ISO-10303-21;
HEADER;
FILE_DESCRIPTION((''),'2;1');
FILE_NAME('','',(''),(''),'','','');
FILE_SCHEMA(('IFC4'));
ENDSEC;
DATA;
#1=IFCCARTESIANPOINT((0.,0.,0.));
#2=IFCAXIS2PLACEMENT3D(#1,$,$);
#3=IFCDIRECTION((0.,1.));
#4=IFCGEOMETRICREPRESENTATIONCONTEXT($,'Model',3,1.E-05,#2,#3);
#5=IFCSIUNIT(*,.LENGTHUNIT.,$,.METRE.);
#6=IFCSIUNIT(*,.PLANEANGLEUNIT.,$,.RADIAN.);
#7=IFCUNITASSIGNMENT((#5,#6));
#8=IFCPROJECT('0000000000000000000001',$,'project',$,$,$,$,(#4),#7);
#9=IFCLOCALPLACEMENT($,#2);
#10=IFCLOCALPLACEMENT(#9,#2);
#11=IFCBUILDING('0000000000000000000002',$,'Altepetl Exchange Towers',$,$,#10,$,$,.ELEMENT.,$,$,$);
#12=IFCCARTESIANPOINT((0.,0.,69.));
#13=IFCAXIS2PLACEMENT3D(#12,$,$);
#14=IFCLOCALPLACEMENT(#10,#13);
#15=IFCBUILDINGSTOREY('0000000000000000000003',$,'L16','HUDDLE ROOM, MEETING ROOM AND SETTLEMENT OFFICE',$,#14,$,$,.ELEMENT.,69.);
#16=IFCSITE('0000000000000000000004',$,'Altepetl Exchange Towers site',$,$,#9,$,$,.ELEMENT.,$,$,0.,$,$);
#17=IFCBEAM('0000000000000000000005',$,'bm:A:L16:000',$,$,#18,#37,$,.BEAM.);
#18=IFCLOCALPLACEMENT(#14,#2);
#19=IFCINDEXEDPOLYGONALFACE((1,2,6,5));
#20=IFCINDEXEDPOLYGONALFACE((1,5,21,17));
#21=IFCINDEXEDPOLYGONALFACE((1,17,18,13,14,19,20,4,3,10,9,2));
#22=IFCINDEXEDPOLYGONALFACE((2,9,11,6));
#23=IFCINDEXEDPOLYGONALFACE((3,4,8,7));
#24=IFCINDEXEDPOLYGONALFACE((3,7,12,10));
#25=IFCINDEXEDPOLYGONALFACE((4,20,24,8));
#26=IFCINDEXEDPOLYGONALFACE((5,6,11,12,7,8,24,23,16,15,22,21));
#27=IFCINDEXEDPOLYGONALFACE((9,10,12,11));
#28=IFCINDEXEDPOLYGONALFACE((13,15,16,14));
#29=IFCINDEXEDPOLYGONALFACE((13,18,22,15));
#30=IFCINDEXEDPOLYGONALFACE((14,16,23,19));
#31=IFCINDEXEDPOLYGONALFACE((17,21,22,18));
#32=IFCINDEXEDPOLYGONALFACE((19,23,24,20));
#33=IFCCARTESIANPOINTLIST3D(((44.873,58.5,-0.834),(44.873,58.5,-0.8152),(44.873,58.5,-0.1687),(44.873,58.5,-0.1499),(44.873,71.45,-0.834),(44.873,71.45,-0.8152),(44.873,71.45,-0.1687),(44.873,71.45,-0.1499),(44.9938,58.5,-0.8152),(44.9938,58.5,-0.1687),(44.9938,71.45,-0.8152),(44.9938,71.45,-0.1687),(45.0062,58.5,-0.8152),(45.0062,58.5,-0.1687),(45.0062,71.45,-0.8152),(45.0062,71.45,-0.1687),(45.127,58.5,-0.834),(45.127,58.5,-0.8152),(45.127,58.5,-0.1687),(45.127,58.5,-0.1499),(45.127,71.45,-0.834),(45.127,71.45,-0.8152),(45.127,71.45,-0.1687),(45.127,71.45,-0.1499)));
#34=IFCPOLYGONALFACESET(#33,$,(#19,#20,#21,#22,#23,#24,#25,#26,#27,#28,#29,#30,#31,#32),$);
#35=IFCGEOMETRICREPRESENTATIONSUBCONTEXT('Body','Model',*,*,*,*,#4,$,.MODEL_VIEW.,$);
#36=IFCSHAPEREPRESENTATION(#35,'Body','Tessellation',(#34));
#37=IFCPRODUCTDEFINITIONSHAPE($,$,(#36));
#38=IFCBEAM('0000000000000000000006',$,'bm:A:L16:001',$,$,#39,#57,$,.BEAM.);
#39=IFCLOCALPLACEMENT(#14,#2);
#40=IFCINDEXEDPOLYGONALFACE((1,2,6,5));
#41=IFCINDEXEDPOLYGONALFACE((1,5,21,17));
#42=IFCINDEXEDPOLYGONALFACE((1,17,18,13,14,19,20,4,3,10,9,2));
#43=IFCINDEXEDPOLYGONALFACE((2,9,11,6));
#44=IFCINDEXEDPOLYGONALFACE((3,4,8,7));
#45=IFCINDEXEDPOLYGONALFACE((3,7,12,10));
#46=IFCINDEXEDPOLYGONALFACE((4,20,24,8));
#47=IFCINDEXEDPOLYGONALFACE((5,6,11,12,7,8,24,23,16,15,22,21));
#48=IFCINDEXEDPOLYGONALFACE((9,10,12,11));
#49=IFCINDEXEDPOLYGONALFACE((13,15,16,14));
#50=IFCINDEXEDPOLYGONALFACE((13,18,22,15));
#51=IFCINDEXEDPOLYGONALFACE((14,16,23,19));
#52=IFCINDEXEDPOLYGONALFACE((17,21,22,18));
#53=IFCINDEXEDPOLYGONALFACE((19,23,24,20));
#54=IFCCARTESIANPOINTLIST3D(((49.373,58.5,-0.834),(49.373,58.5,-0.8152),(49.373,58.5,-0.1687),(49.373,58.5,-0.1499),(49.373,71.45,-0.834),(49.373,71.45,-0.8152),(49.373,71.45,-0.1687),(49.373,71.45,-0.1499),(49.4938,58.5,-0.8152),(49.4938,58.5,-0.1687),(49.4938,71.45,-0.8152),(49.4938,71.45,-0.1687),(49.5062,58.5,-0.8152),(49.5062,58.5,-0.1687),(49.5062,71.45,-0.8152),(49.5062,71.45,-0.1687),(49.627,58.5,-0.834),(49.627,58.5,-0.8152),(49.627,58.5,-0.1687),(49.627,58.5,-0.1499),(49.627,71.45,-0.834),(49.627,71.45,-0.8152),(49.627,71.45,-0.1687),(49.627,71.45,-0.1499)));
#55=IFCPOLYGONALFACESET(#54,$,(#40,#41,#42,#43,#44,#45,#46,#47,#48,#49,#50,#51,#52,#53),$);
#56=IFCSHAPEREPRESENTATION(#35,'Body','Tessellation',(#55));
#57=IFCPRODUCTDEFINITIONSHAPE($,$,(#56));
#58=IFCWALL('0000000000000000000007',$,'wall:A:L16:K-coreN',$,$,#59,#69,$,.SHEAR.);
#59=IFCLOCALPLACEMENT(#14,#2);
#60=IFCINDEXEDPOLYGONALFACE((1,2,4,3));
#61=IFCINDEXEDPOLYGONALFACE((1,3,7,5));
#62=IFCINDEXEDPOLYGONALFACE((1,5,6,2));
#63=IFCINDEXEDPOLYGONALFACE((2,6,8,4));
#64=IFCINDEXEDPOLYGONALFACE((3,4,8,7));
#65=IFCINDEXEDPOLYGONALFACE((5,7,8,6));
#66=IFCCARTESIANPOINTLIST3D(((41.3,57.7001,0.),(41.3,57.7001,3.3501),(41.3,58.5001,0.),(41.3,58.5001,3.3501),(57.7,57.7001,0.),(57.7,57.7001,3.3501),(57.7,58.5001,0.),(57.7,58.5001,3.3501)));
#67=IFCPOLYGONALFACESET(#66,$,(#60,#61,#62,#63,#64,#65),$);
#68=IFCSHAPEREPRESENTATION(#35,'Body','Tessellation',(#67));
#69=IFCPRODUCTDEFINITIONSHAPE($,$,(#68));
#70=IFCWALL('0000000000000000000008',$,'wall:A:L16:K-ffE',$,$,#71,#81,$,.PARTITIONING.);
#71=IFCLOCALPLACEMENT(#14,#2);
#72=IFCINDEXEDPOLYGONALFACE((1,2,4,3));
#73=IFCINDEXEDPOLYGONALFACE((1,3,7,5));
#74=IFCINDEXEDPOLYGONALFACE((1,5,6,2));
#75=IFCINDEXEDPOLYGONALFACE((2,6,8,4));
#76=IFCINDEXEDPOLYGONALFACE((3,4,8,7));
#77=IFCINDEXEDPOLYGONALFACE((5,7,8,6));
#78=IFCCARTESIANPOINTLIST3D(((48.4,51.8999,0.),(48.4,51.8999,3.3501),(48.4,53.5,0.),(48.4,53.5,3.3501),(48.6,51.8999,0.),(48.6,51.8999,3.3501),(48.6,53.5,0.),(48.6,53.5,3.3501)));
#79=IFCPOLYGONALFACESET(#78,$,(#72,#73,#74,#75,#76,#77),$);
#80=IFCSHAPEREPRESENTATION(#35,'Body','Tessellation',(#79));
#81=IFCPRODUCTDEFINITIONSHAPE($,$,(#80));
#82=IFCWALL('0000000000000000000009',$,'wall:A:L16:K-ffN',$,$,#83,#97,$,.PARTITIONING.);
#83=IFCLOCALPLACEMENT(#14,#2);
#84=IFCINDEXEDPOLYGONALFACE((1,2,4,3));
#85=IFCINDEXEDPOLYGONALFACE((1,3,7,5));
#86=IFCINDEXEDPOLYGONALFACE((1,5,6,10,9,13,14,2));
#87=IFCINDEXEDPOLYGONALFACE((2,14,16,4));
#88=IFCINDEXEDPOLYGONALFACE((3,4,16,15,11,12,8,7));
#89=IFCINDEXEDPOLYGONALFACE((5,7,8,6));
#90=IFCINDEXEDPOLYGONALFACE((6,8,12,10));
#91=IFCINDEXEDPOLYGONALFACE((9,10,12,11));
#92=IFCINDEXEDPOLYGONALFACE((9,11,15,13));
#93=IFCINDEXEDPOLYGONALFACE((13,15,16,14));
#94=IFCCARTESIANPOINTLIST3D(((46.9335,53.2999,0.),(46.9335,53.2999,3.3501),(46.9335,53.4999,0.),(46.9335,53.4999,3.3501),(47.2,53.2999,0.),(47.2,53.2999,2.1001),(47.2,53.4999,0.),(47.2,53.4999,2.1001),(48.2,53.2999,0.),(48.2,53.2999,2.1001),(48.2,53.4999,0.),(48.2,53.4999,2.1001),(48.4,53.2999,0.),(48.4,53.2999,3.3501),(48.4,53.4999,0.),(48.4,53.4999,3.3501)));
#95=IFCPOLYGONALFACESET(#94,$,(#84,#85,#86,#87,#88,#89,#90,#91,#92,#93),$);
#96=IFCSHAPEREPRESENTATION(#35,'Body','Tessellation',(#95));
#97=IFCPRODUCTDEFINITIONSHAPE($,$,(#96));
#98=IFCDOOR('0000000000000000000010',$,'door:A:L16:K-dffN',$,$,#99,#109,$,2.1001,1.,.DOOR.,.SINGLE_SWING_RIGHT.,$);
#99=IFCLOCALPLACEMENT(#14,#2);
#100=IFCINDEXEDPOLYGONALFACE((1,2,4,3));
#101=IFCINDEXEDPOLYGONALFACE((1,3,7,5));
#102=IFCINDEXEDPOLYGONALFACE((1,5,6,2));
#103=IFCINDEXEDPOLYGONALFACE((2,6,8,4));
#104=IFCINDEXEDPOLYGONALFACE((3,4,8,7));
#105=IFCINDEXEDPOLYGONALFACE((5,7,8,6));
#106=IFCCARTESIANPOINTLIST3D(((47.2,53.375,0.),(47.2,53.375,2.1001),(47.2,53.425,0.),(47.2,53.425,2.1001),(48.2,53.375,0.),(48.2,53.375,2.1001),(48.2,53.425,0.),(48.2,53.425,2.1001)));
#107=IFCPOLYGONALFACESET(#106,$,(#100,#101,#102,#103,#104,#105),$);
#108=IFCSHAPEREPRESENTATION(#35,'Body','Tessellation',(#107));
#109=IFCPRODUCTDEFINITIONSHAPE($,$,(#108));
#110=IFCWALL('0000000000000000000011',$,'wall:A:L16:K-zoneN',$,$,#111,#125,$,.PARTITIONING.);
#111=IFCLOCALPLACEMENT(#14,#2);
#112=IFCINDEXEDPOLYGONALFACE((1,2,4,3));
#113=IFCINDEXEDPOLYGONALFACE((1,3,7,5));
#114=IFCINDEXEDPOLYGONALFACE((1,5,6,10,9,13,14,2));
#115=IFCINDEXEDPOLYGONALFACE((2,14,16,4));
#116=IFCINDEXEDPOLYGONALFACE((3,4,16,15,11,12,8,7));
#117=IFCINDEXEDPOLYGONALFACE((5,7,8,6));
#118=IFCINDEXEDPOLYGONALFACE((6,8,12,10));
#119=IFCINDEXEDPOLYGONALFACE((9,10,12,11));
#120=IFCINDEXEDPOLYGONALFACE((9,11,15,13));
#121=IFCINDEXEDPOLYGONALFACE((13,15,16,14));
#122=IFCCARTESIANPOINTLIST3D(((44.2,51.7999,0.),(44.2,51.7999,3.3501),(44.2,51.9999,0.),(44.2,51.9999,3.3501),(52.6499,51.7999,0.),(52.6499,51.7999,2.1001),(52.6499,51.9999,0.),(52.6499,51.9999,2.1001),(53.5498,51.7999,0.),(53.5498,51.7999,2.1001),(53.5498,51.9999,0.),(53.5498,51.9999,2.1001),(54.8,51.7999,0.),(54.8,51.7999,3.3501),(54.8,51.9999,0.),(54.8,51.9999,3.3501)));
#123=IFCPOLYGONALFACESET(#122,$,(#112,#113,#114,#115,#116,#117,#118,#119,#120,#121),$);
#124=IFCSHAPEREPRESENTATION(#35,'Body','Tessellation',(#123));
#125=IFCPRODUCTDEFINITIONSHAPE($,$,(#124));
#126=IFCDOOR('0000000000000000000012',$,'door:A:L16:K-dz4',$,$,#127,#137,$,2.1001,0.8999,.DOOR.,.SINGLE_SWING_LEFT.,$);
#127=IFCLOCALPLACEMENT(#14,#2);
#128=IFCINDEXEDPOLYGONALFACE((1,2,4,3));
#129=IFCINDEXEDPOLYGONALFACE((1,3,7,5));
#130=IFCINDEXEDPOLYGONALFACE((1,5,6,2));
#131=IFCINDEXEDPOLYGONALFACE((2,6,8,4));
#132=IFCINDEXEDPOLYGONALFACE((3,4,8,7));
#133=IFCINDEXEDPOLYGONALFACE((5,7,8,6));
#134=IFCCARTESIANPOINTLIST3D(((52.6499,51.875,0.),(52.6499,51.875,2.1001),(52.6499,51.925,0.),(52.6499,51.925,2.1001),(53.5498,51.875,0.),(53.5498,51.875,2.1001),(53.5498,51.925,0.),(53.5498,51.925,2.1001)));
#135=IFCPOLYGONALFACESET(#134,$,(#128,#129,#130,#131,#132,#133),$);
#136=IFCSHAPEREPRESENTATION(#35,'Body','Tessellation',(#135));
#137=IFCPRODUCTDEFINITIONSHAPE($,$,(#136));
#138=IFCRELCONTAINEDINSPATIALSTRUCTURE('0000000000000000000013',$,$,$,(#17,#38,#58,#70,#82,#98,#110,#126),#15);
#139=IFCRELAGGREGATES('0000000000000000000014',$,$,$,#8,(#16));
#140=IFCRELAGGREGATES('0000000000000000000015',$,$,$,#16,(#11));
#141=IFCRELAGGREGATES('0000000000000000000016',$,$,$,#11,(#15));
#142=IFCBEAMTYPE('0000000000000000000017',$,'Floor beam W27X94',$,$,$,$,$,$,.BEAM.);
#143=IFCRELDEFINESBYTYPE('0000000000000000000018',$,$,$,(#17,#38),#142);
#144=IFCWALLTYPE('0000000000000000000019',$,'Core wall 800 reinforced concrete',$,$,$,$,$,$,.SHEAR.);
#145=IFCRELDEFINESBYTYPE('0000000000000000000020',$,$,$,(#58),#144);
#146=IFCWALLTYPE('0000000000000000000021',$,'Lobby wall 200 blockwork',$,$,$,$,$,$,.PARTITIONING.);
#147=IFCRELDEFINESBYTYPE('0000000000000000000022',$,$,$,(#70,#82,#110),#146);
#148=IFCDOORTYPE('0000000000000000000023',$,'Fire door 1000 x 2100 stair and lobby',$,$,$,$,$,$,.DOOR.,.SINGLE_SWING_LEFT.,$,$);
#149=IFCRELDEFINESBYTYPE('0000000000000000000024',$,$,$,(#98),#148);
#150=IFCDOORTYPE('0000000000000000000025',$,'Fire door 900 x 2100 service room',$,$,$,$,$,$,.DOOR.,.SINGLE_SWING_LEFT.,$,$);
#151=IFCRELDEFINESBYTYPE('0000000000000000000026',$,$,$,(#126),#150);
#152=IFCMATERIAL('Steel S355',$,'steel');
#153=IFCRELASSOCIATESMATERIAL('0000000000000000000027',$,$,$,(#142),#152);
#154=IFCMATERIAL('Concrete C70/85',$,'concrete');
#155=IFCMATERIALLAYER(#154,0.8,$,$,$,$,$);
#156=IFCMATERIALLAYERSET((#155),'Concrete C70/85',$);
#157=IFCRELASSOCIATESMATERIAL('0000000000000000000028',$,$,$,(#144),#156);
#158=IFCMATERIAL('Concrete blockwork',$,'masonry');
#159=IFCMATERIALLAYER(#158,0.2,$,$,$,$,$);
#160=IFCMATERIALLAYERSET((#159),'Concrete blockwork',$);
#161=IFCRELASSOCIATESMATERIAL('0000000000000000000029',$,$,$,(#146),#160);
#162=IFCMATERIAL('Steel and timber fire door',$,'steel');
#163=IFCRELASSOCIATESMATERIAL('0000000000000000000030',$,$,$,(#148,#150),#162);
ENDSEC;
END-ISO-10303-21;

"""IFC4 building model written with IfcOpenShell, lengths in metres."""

from ifc_helpers import new_model, si_unit, direction, frame, frame_2d, origin, origin_2d, place, context, subcontext, project, spatial, rectangle, i_section, extrude, material, layer, layer_set, material_profile, profile_set, type_object, element, fill, save


model = new_model("IFC4")

# Units and contexts
model_context = context("Model", 3, precision=1e-05, world=origin(), true_north=direction((0.0, 1.0)))
body_context = subcontext(model_context, "Body", "Model", "MODEL_VIEW")
ifc_project = project(units=[si_unit("LENGTHUNIT", "METRE"), si_unit("PLANEANGLEUNIT", "RADIAN")], contexts=[model_context])

# Site, building, storey
site_placement = place(None, origin())
site = spatial("IfcSite", under=ifc_project, at=site_placement, Name="Altepetl Exchange Towers site", CompositionType="ELEMENT", RefElevation=0.0)
building_placement = place(site_placement, origin())
building = spatial("IfcBuilding", under=site, at=building_placement, Name="Altepetl Exchange Towers", CompositionType="ELEMENT")
storey_placement = place(building_placement, frame((0.0, 0.0, 69.0)))
storey = spatial("IfcBuildingStorey", under=building, at=storey_placement, Name="L16", Description="HUDDLE ROOM, MEETING ROOM AND SETTLEMENT OFFICE", CompositionType="ELEMENT", Elevation=69.0)

# Beams
ifc_material_1 = material(Name="Steel S355", Category="steel")
ifc_material_profile = material_profile(ifc_material_1, i_section(OverallWidth=0.2539, OverallDepth=0.6841, WebThickness=0.0125, FlangeThickness=0.0188, at=origin_2d()), Name="W27X94")
ifc_profile_set = profile_set([ifc_material_profile], Name="Steel S355")
beam_type = type_object("IfcBeamType", Name="Floor beam W27X94", PredefinedType="BEAM", material=ifc_profile_set)
for number, where, z_axis, x_axis, name in (
    (1, (45.0, 58.5, -0.4919), (0.0, 1.0, 0.0), (-1.0, 0.0, 0.0), "bm:A:L16:000"),
    (2, (49.5, 58.5, -0.4919), (0.0, 1.0, 0.0), (-1.0, 0.0, 0.0), "bm:A:L16:001"),
):
    element("IfcBeam", number, at=place(storey_placement, frame(where, z_axis=z_axis, x_axis=x_axis)), inside=storey, type_object=beam_type, Name=name, PredefinedType="BEAM", context=body_context, shape_type="SweptSolid", body=[
        extrude(i_section(OverallWidth=0.2539, OverallDepth=0.6841, WebThickness=0.0125, FlangeThickness=0.0188, at=origin_2d()), origin(), (0.0, 0.0, 1.0), 12.95),
    ])

# Walls
ifc_material_2 = material(Name="Concrete C70/85", Category="concrete")
ifc_layer_1 = layer(ifc_material_2, 0.8)
ifc_layer_set_1 = layer_set([ifc_layer_1], Name="Concrete C70/85")
wall_type_1 = type_object("IfcWallType", Name="Core wall 800 reinforced concrete", PredefinedType="SHEAR", material=ifc_layer_set_1)
wall_1_placement = place(storey_placement, frame((41.3, 58.1001, 0.0)))
element("IfcWall", 3, at=wall_1_placement, inside=storey, type_object=wall_type_1, Name="wall:A:L16:K-coreN", PredefinedType="SHEAR", context=body_context, shape_type="SweptSolid", body=[
    extrude(rectangle(XDim=16.3999, YDim=0.8, at=frame_2d((8.2, 0.0))), origin(), (0.0, 0.0, 1.0), 3.3501),
])
ifc_material_3 = material(Name="Concrete blockwork", Category="masonry")
ifc_layer_2 = layer(ifc_material_3, 0.2)
ifc_layer_set_2 = layer_set([ifc_layer_2], Name="Concrete blockwork")
wall_type_2 = type_object("IfcWallType", Name="Lobby wall 200 blockwork", PredefinedType="PARTITIONING", material=ifc_layer_set_2)
wall_2_placement = place(storey_placement, frame((48.5, 51.8999, 0.0), z_axis=(0.0, 0.0, 1.0), x_axis=(0.0, 1.0, 0.0)))
element("IfcWall", 4, at=wall_2_placement, inside=storey, type_object=wall_type_2, Name="wall:A:L16:K-ffE", PredefinedType="PARTITIONING", context=body_context, shape_type="SweptSolid", body=[
    extrude(rectangle(XDim=1.6001, YDim=0.2, at=frame_2d((0.8, 0.0))), origin(), (0.0, 0.0, 1.0), 3.3501),
])

# Walls, openings, doors
wall_3_placement = place(storey_placement, frame((46.9333, 53.3999, 0.0)))
wall_3 = element("IfcWall", 5, at=wall_3_placement, inside=storey, type_object=wall_type_2, Name="wall:A:L16:K-ffN", PredefinedType="PARTITIONING", context=body_context, shape_type="SweptSolid", body=[
    extrude(rectangle(XDim=1.4666, YDim=0.2, at=frame_2d((0.7334, 0.0))), origin(), (0.0, 0.0, 1.0), 3.3501),
])
opening_1_placement = place(wall_3_placement, frame((0.2666, 0.0, 0.0)))
opening_1 = element("IfcOpeningElement", 6, at=opening_1_placement, cuts=wall_3, PredefinedType="OPENING", context=body_context, shape_type="SweptSolid", body=[
    extrude(rectangle(XDim=1.0, YDim=2.1001, at=frame_2d((0.5, 1.05))), frame((0.0, 0.1099, 0.0), z_axis=(0.0, -1.0, 0.0), x_axis=(1.0, 0.0, 0.0)), (0.0, 0.0, 1.0), 0.22),
])
ifc_material_4 = material(Name="Steel and timber fire door", Category="steel")
door_type_1 = type_object("IfcDoorType", Name="Fire door 1000 x 2100 stair and lobby", OperationType="SINGLE_SWING_LEFT", PredefinedType="DOOR", material=ifc_material_4)
door_1_placement = place(opening_1_placement, frame((1.0, 0.0, 0.0), x_axis=(-1.0, 0.0, 0.0)))
door_1 = element("IfcDoor", 7, at=door_1_placement, inside=storey, type_object=door_type_1, Name="door:A:L16:K-dffN", OperationType="SINGLE_SWING_RIGHT", OverallHeight=2.1001, OverallWidth=1.0, PredefinedType="DOOR", context=body_context, shape_type="SweptSolid", body=[
    extrude(rectangle(XDim=1.0, YDim=2.1001, at=frame_2d((0.5, 1.05))), frame((0.0, 0.0249, 0.0), z_axis=(0.0, -1.0, 0.0), x_axis=(1.0, 0.0, 0.0)), (0.0, 0.0, 1.0), 0.05),
])
fill(opening_1, door_1)
wall_4_placement = place(storey_placement, frame((44.2, 51.8999, 0.0)))
wall_4 = element("IfcWall", 8, at=wall_4_placement, inside=storey, type_object=wall_type_2, Name="wall:A:L16:K-zoneN", PredefinedType="PARTITIONING", context=body_context, shape_type="SweptSolid", body=[
    extrude(rectangle(XDim=10.6001, YDim=0.2, at=frame_2d((5.3, 0.0))), origin(), (0.0, 0.0, 1.0), 3.3501),
])
opening_2_placement = place(wall_4_placement, frame((8.45, 0.0, 0.0)))
opening_2 = element("IfcOpeningElement", 9, at=opening_2_placement, cuts=wall_4, PredefinedType="OPENING", context=body_context, shape_type="SweptSolid", body=[
    extrude(rectangle(XDim=0.8999, YDim=2.1001, at=frame_2d((0.45, 1.05))), frame((0.0, 0.1099, 0.0), z_axis=(0.0, -1.0, 0.0), x_axis=(1.0, 0.0, 0.0)), (0.0, 0.0, 1.0), 0.22),
])
door_type_2 = type_object("IfcDoorType", Name="Fire door 900 x 2100 service room", OperationType="SINGLE_SWING_LEFT", PredefinedType="DOOR", material=ifc_material_4)
door_2_placement = place(opening_2_placement, frame((0.8999, 0.0, 0.0), x_axis=(-1.0, 0.0, 0.0)))
door_2 = element("IfcDoor", 10, at=door_2_placement, inside=storey, type_object=door_type_2, Name="door:A:L16:K-dz4", OperationType="SINGLE_SWING_LEFT", OverallHeight=2.1001, OverallWidth=0.8999, PredefinedType="DOOR", context=body_context, shape_type="SweptSolid", body=[
    extrude(rectangle(XDim=0.8999, YDim=2.1001, at=frame_2d((0.45, 1.05))), frame((0.0, 0.0249, 0.0), z_axis=(0.0, -1.0, 0.0), x_axis=(1.0, 0.0, 0.0)), (0.0, 0.0, 1.0), 0.05),
])
fill(opening_2, door_2)

save(model, "model.ifc")
